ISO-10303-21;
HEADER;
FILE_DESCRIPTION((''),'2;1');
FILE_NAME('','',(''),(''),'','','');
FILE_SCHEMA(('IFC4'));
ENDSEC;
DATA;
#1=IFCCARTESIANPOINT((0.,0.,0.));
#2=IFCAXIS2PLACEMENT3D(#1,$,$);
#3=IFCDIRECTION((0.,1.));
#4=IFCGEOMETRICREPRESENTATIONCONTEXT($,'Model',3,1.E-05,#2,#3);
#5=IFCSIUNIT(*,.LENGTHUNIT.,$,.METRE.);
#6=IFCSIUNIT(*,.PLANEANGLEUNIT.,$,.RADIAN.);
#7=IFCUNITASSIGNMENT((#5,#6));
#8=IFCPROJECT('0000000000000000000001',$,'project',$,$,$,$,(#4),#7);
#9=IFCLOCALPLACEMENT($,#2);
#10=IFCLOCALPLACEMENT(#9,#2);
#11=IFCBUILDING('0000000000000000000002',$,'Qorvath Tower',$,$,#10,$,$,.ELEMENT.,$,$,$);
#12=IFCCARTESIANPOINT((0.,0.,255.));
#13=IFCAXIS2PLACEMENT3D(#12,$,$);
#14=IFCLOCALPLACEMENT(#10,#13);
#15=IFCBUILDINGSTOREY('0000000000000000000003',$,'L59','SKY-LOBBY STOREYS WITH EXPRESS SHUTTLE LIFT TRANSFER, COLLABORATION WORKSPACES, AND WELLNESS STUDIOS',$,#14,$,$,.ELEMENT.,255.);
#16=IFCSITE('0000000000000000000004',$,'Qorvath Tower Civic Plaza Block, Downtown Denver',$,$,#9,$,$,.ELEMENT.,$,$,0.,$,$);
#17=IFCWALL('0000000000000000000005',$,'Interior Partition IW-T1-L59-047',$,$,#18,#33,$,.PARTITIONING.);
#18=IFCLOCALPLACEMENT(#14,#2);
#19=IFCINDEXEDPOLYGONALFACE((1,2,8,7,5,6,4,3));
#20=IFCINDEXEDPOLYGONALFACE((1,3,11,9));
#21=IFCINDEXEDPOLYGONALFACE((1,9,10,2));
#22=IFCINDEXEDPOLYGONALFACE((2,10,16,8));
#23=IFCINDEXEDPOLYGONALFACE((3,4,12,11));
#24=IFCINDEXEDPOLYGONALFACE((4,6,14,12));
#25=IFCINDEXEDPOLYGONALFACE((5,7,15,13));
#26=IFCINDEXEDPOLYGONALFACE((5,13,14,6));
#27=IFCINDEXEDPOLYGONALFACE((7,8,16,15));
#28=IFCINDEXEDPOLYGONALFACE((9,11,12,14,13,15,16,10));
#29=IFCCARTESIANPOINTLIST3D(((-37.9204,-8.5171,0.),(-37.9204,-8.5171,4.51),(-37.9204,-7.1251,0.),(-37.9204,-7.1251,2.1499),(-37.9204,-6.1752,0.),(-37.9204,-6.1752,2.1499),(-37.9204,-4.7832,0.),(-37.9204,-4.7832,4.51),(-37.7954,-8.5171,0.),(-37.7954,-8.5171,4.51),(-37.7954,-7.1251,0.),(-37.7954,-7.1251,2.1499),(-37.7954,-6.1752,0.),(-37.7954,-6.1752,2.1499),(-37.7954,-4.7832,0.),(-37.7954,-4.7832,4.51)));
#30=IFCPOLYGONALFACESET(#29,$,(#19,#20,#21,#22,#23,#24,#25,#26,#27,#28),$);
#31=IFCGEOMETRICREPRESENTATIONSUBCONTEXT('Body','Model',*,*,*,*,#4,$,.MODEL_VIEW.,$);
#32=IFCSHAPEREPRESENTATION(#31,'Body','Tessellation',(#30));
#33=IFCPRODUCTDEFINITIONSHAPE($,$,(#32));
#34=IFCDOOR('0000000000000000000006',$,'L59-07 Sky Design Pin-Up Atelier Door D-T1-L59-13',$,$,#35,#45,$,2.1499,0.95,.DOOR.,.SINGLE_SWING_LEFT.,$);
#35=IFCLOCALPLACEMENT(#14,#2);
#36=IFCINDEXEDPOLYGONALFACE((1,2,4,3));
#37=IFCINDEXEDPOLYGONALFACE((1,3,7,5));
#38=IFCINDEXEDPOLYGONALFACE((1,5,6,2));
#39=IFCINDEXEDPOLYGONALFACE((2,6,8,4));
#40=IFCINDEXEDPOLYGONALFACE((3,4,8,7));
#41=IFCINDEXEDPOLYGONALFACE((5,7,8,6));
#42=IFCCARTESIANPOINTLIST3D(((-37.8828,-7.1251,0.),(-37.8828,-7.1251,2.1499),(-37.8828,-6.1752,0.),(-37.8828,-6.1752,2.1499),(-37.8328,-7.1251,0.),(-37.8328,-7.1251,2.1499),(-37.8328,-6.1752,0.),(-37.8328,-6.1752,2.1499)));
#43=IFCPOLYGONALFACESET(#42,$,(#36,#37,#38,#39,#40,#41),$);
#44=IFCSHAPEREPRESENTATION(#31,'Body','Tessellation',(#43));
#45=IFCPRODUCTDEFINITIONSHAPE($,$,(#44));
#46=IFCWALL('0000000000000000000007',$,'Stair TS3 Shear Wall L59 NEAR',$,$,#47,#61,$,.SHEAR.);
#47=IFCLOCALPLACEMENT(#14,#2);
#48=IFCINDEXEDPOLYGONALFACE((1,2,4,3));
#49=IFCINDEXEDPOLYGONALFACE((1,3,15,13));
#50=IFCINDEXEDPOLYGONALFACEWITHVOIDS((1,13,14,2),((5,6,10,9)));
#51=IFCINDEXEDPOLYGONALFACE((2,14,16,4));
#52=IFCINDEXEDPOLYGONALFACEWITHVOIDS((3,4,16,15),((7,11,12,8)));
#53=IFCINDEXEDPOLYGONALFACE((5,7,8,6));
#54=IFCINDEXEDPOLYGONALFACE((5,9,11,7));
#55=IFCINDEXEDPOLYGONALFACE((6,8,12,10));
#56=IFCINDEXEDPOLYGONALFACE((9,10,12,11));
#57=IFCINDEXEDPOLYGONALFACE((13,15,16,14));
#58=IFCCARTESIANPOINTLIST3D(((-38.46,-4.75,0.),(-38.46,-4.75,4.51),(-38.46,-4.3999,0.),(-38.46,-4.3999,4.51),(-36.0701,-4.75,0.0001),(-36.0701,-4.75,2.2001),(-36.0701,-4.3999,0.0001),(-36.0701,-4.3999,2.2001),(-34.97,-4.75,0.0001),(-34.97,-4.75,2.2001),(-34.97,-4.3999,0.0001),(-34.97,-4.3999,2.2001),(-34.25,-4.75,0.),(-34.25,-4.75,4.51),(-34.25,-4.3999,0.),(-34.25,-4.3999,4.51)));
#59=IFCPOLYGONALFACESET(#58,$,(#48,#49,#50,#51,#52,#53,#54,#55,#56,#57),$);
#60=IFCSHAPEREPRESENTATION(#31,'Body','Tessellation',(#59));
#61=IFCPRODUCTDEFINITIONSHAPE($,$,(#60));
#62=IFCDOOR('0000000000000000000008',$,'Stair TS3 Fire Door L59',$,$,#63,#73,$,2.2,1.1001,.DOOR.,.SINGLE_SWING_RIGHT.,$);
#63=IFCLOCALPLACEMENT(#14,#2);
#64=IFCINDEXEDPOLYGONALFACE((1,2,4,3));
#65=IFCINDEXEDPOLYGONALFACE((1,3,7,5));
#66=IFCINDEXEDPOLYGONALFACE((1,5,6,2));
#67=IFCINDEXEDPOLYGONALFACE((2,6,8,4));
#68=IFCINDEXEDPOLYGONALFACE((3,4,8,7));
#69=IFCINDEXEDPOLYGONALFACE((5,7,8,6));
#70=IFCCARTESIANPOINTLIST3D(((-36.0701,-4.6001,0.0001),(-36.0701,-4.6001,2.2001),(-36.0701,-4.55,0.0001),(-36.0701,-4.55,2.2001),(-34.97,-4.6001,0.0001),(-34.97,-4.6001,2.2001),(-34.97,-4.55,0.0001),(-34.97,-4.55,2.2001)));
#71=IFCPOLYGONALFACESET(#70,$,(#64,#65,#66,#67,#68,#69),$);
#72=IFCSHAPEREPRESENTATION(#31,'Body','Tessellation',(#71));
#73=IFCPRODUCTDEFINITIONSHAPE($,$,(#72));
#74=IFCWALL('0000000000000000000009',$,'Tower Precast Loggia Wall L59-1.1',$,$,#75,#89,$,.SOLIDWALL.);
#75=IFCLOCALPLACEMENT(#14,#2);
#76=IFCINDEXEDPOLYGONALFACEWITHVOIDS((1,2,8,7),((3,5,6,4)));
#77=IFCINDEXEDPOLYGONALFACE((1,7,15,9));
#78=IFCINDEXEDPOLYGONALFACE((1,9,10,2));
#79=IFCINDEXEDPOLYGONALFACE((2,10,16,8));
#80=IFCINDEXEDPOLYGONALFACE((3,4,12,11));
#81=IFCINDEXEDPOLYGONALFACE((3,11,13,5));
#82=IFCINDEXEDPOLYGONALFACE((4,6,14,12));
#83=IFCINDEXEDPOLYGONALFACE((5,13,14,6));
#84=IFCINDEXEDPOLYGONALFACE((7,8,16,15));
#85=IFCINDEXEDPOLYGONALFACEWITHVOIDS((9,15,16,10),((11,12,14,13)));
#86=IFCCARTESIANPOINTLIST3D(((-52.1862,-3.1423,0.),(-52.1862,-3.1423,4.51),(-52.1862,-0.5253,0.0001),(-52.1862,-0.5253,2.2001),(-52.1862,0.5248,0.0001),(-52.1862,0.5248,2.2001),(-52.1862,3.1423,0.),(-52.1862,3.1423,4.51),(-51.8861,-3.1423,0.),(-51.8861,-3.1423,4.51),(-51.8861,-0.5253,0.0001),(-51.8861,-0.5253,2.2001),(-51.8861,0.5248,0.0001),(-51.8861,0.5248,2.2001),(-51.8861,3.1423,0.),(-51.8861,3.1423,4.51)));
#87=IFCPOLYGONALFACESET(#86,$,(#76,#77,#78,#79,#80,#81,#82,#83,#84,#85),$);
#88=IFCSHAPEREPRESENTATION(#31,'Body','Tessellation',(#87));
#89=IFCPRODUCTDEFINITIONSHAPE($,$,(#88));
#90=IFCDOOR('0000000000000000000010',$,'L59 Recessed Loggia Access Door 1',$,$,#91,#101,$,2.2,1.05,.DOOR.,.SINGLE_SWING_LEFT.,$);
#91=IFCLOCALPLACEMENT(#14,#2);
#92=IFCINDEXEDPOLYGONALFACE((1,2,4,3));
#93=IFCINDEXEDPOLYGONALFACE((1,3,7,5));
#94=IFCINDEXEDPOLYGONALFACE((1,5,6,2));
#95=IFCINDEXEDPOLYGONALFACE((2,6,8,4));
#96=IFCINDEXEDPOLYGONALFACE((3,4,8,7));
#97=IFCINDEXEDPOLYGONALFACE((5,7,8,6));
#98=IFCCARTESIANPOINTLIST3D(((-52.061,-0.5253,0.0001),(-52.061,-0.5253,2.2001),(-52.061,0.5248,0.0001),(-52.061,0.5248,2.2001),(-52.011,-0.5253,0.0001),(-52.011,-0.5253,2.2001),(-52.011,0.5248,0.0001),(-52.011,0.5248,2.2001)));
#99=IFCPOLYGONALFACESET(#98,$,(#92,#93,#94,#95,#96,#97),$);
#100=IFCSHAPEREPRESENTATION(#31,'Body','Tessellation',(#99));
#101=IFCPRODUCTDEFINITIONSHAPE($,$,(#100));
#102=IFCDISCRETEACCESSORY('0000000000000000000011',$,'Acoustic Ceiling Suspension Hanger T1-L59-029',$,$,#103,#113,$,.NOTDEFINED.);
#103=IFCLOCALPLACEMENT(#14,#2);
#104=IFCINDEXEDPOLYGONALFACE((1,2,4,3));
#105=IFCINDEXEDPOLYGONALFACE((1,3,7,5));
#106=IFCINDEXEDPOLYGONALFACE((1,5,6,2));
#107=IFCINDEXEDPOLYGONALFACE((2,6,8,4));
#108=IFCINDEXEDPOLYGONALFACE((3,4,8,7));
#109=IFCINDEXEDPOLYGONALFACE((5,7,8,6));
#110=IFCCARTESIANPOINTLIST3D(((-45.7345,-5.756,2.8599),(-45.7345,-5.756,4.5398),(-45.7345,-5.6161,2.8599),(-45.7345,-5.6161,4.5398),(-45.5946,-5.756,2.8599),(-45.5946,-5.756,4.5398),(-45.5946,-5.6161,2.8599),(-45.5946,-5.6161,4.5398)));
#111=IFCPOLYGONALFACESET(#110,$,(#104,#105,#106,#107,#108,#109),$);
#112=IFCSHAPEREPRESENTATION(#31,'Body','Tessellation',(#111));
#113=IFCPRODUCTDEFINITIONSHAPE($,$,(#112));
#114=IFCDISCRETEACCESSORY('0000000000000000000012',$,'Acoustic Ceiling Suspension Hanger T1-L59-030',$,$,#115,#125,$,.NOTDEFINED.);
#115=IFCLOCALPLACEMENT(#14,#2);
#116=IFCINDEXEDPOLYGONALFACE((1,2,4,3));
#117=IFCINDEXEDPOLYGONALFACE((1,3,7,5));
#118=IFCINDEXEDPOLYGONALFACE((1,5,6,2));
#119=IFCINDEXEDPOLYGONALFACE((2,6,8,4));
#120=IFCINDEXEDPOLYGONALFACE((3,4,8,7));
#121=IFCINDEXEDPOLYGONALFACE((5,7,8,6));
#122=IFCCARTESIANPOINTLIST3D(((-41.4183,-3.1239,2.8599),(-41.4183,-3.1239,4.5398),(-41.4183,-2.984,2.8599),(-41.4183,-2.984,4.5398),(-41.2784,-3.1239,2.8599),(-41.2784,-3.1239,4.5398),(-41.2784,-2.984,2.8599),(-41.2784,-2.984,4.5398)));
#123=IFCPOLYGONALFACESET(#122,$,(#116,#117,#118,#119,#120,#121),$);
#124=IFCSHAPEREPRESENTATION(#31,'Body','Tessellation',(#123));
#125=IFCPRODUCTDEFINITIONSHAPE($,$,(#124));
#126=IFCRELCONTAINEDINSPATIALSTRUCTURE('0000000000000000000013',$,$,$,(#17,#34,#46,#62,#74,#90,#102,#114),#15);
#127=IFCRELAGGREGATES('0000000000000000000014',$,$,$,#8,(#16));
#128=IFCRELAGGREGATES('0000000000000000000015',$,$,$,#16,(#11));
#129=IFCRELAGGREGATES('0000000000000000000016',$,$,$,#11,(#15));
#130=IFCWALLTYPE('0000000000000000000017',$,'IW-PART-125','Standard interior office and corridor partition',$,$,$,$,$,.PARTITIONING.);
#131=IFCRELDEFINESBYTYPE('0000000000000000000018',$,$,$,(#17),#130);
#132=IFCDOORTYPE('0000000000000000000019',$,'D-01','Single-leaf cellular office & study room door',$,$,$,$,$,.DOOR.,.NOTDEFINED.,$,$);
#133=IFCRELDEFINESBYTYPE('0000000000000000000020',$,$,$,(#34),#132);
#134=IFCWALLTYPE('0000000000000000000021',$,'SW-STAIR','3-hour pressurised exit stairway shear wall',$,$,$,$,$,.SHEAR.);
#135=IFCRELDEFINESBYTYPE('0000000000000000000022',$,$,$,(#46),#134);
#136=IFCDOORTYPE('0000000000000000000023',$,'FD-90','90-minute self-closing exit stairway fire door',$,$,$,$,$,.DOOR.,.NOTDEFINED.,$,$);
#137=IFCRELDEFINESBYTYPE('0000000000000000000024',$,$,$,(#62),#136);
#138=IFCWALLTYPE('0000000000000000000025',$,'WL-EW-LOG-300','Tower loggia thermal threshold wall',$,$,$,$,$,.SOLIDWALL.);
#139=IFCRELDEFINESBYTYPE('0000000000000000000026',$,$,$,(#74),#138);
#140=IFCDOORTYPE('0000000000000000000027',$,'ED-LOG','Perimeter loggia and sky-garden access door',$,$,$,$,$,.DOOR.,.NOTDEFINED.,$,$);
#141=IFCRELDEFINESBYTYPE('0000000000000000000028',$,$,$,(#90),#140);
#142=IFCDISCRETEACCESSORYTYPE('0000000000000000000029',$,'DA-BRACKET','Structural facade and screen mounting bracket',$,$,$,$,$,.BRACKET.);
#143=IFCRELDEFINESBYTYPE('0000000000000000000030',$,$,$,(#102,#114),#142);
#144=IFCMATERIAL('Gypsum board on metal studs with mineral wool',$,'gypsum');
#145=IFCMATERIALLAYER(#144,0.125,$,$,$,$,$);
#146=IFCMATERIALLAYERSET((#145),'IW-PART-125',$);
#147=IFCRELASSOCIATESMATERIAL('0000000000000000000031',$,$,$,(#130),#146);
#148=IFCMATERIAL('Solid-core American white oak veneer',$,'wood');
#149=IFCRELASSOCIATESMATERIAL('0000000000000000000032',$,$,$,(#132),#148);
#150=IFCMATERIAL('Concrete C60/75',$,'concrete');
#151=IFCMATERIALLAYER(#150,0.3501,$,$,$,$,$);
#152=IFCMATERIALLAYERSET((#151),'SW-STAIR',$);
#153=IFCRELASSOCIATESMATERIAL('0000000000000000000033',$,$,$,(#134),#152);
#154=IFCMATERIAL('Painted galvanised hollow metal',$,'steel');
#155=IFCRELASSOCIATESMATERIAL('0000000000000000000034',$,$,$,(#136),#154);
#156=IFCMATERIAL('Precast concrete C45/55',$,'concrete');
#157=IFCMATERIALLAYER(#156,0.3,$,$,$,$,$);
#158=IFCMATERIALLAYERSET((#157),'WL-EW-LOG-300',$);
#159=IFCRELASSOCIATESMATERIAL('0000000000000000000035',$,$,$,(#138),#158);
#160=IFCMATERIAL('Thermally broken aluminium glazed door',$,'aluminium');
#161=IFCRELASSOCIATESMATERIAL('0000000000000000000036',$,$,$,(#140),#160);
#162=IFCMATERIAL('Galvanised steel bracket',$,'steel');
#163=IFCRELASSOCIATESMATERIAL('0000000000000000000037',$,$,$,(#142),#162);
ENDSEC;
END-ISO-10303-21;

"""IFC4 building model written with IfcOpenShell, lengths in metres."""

from ifc_helpers import new_model, si_unit, direction, frame, frame_2d, origin, origin_2d, place, context, subcontext, project, spatial, rectangle, extrude, material, layer, layer_set, type_object, element, fill, save


model = new_model("IFC4")

# Units and contexts
model_context = context("Model", 3, precision=1e-05, world=origin(), true_north=direction((0.0, 1.0)))
body_context = subcontext(model_context, "Body", "Model", "MODEL_VIEW")
ifc_project = project(units=[si_unit("LENGTHUNIT", "METRE"), si_unit("PLANEANGLEUNIT", "RADIAN")], contexts=[model_context])

# Site, building, storey
site_placement = place(None, origin())
site = spatial("IfcSite", under=ifc_project, at=site_placement, Name="Qorvath Tower Civic Plaza Block, Downtown Denver", CompositionType="ELEMENT", RefElevation=0.0)
building_placement = place(site_placement, origin())
building = spatial("IfcBuilding", under=site, at=building_placement, Name="Qorvath Tower", CompositionType="ELEMENT")
storey_placement = place(building_placement, frame((0.0, 0.0, 255.0)))
storey = spatial("IfcBuildingStorey", under=building, at=storey_placement, Name="L59", Description="SKY-LOBBY STOREYS WITH EXPRESS SHUTTLE LIFT TRANSFER, COLLABORATION WORKSPACES, AND WELLNESS STUDIOS", CompositionType="ELEMENT", Elevation=255.0)

# Shared definitions
ifc_material_1 = material(Name="Gypsum board on metal studs with mineral wool", Category="gypsum")
ifc_layer_1 = layer(ifc_material_1, 0.125)
ifc_layer_set_1 = layer_set([ifc_layer_1], Name="IW-PART-125")
wall_type_1 = type_object("IfcWallType", Name="IW-PART-125", Description="Standard interior office and corridor partition", PredefinedType="PARTITIONING", material=ifc_layer_set_1)

# Walls, openings, doors
wall_1_placement = place(storey_placement, frame((-37.8579, -8.5171, 0.0), z_axis=(0.0, 0.0, 1.0), x_axis=(0.0, 1.0, 0.0)))
wall_1 = element("IfcWall", 1, at=wall_1_placement, inside=storey, type_object=wall_type_1, Name="Interior Partition IW-T1-L59-047", PredefinedType="PARTITIONING", context=body_context, shape_type="SweptSolid", body=[
    extrude(rectangle(XDim=3.7339, YDim=0.125, at=frame_2d((1.8669, 0.0))), origin(), (0.0, 0.0, 1.0), 4.51),
])
opening_1_placement = place(wall_1_placement, frame((1.3918, 0.0, 0.0)))
opening_1 = element("IfcOpeningElement", 2, at=opening_1_placement, cuts=wall_1, PredefinedType="OPENING", context=body_context, shape_type="SweptSolid", body=[
    extrude(rectangle(XDim=0.95, YDim=2.1499, at=frame_2d((0.4751, 1.075))), frame((0.0, 0.0725, 0.0), z_axis=(0.0, -1.0, 0.0), x_axis=(1.0, 0.0, 0.0)), (0.0, 0.0, 1.0), 0.145),
])
ifc_material_2 = material(Name="Solid-core American white oak veneer", Category="wood")
door_type_1 = type_object("IfcDoorType", Name="D-01", Description="Single-leaf cellular office & study room door", OperationType="NOTDEFINED", PredefinedType="DOOR", material=ifc_material_2)
door_1_placement = place(opening_1_placement, origin())
door_1 = element("IfcDoor", 3, at=door_1_placement, inside=storey, type_object=door_type_1, Name="L59-07 Sky Design Pin-Up Atelier Door D-T1-L59-13", OperationType="SINGLE_SWING_LEFT", OverallHeight=2.1499, OverallWidth=0.95, PredefinedType="DOOR", context=body_context, shape_type="SweptSolid", body=[
    extrude(rectangle(XDim=0.95, YDim=2.1499, at=frame_2d((0.4751, 1.075))), frame((0.0, 0.0249, 0.0), z_axis=(0.0, -1.0, 0.0), x_axis=(1.0, 0.0, 0.0)), (0.0, 0.0, 1.0), 0.05),
])
fill(opening_1, door_1)
ifc_material_3 = material(Name="Concrete C60/75", Category="concrete")
ifc_layer_2 = layer(ifc_material_3, 0.3501)
ifc_layer_set_2 = layer_set([ifc_layer_2], Name="SW-STAIR")
wall_type_2 = type_object("IfcWallType", Name="SW-STAIR", Description="3-hour pressurised exit stairway shear wall", PredefinedType="SHEAR", material=ifc_layer_set_2)
wall_2_placement = place(storey_placement, frame((-38.46, -4.575, 0.0), z_axis=(0.0, 0.0, 1.0), x_axis=(1.0, 0.0, 0.0)))
wall_2 = element("IfcWall", 4, at=wall_2_placement, inside=storey, type_object=wall_type_2, Name="Stair TS3 Shear Wall L59 NEAR", PredefinedType="SHEAR", context=body_context, shape_type="SweptSolid", body=[
    extrude(rectangle(XDim=4.21, YDim=0.3501, at=frame_2d((2.105, 0.0))), origin(), (0.0, 0.0, 1.0), 4.51),
])
opening_2_placement = place(wall_2_placement, frame((2.3899, 0.0, 0.0)))
opening_2 = element("IfcOpeningElement", 5, at=opening_2_placement, cuts=wall_2, PredefinedType="OPENING", context=body_context, shape_type="SweptSolid", body=[
    extrude(rectangle(XDim=1.1001, YDim=2.2, at=frame_2d((0.55, 1.1001))), frame((0.0, 0.1851, 0.0), z_axis=(0.0, -1.0, 0.0), x_axis=(1.0, 0.0, 0.0)), (0.0, 0.0, 1.0), 0.3701),
])
ifc_material_4 = material(Name="Painted galvanised hollow metal", Category="steel")
door_type_2 = type_object("IfcDoorType", Name="FD-90", Description="90-minute self-closing exit stairway fire door", OperationType="NOTDEFINED", PredefinedType="DOOR", material=ifc_material_4)
door_2_placement = place(opening_2_placement, origin())
door_2 = element("IfcDoor", 6, at=door_2_placement, inside=storey, type_object=door_type_2, Name="Stair TS3 Fire Door L59", OperationType="SINGLE_SWING_RIGHT", OverallHeight=2.2, OverallWidth=1.1001, PredefinedType="DOOR", context=body_context, shape_type="SweptSolid", body=[
    extrude(rectangle(XDim=1.1001, YDim=2.2, at=frame_2d((0.55, 1.1001))), frame((0.0, 0.0249, 0.0), z_axis=(0.0, -1.0, 0.0), x_axis=(1.0, 0.0, 0.0)), (0.0, 0.0, 1.0), 0.05),
])
fill(opening_2, door_2)
ifc_material_5 = material(Name="Precast concrete C45/55", Category="concrete")
ifc_layer_3 = layer(ifc_material_5, 0.3)
ifc_layer_set_3 = layer_set([ifc_layer_3], Name="WL-EW-LOG-300")
wall_type_3 = type_object("IfcWallType", Name="WL-EW-LOG-300", Description="Tower loggia thermal threshold wall", PredefinedType="SOLIDWALL", material=ifc_layer_set_3)
wall_3_placement = place(storey_placement, frame((-52.0361, -3.1423, 0.0), z_axis=(0.0, 0.0, 1.0), x_axis=(0.0, 1.0, 0.0)))
wall_3 = element("IfcWall", 7, at=wall_3_placement, inside=storey, type_object=wall_type_3, Name="Tower Precast Loggia Wall L59-1.1", PredefinedType="SOLIDWALL", context=body_context, shape_type="SweptSolid", body=[
    extrude(rectangle(XDim=6.2847, YDim=0.3, at=frame_2d((3.1423, 0.0))), origin(), (0.0, 0.0, 1.0), 4.51),
])
opening_3_placement = place(wall_3_placement, frame((2.6172, 0.0, 0.0)))
opening_3 = element("IfcOpeningElement", 8, at=opening_3_placement, cuts=wall_3, PredefinedType="OPENING", context=body_context, shape_type="SweptSolid", body=[
    extrude(rectangle(XDim=1.05, YDim=2.2, at=frame_2d((0.5249, 1.1001))), frame((0.0, 0.1602, 0.0), z_axis=(0.0, -1.0, 0.0), x_axis=(1.0, 0.0, 0.0)), (0.0, 0.0, 1.0), 0.3201),
])
ifc_material_6 = material(Name="Thermally broken aluminium glazed door", Category="aluminium")
door_type_3 = type_object("IfcDoorType", Name="ED-LOG", Description="Perimeter loggia and sky-garden access door", OperationType="NOTDEFINED", PredefinedType="DOOR", material=ifc_material_6)
door_3_placement = place(opening_3_placement, origin())
door_3 = element("IfcDoor", 9, at=door_3_placement, inside=storey, type_object=door_type_3, Name="L59 Recessed Loggia Access Door 1", OperationType="SINGLE_SWING_LEFT", OverallHeight=2.2, OverallWidth=1.05, PredefinedType="DOOR", context=body_context, shape_type="SweptSolid", body=[
    extrude(rectangle(XDim=1.05, YDim=2.2, at=frame_2d((0.5249, 1.1001))), frame((0.0, 0.0249, 0.0), z_axis=(0.0, -1.0, 0.0), x_axis=(1.0, 0.0, 0.0)), (0.0, 0.0, 1.0), 0.05),
])
fill(opening_3, door_3)

# Discrete accessories
ifc_material_7 = material(Name="Galvanised steel bracket", Category="steel")
discrete_accessory_type = type_object("IfcDiscreteAccessoryType", Name="DA-BRACKET", Description="Structural facade and screen mounting bracket", PredefinedType="BRACKET", material=ifc_material_7)
for number, where, z_axis, x_axis, name in (
    (10, (-45.6646, -5.686, 2.8599), (0.0, 0.0, 1.0), (1.0, 0.0, 0.0), "Acoustic Ceiling Suspension Hanger T1-L59-029"),
    (11, (-41.3484, -3.054, 2.8599), (0.0, 0.0, 1.0), (1.0, 0.0, 0.0), "Acoustic Ceiling Suspension Hanger T1-L59-030"),
):
    element("IfcDiscreteAccessory", number, at=place(storey_placement, frame(where, z_axis=z_axis, x_axis=x_axis)), inside=storey, type_object=discrete_accessory_type, Name=name, PredefinedType="NOTDEFINED", context=body_context, shape_type="SweptSolid", body=[
        extrude(rectangle(XDim=0.1399, YDim=0.1399, at=origin_2d()), origin(), (0.0, 0.0, 1.0), 1.6799),
    ])

save(model, "model.ifc")
